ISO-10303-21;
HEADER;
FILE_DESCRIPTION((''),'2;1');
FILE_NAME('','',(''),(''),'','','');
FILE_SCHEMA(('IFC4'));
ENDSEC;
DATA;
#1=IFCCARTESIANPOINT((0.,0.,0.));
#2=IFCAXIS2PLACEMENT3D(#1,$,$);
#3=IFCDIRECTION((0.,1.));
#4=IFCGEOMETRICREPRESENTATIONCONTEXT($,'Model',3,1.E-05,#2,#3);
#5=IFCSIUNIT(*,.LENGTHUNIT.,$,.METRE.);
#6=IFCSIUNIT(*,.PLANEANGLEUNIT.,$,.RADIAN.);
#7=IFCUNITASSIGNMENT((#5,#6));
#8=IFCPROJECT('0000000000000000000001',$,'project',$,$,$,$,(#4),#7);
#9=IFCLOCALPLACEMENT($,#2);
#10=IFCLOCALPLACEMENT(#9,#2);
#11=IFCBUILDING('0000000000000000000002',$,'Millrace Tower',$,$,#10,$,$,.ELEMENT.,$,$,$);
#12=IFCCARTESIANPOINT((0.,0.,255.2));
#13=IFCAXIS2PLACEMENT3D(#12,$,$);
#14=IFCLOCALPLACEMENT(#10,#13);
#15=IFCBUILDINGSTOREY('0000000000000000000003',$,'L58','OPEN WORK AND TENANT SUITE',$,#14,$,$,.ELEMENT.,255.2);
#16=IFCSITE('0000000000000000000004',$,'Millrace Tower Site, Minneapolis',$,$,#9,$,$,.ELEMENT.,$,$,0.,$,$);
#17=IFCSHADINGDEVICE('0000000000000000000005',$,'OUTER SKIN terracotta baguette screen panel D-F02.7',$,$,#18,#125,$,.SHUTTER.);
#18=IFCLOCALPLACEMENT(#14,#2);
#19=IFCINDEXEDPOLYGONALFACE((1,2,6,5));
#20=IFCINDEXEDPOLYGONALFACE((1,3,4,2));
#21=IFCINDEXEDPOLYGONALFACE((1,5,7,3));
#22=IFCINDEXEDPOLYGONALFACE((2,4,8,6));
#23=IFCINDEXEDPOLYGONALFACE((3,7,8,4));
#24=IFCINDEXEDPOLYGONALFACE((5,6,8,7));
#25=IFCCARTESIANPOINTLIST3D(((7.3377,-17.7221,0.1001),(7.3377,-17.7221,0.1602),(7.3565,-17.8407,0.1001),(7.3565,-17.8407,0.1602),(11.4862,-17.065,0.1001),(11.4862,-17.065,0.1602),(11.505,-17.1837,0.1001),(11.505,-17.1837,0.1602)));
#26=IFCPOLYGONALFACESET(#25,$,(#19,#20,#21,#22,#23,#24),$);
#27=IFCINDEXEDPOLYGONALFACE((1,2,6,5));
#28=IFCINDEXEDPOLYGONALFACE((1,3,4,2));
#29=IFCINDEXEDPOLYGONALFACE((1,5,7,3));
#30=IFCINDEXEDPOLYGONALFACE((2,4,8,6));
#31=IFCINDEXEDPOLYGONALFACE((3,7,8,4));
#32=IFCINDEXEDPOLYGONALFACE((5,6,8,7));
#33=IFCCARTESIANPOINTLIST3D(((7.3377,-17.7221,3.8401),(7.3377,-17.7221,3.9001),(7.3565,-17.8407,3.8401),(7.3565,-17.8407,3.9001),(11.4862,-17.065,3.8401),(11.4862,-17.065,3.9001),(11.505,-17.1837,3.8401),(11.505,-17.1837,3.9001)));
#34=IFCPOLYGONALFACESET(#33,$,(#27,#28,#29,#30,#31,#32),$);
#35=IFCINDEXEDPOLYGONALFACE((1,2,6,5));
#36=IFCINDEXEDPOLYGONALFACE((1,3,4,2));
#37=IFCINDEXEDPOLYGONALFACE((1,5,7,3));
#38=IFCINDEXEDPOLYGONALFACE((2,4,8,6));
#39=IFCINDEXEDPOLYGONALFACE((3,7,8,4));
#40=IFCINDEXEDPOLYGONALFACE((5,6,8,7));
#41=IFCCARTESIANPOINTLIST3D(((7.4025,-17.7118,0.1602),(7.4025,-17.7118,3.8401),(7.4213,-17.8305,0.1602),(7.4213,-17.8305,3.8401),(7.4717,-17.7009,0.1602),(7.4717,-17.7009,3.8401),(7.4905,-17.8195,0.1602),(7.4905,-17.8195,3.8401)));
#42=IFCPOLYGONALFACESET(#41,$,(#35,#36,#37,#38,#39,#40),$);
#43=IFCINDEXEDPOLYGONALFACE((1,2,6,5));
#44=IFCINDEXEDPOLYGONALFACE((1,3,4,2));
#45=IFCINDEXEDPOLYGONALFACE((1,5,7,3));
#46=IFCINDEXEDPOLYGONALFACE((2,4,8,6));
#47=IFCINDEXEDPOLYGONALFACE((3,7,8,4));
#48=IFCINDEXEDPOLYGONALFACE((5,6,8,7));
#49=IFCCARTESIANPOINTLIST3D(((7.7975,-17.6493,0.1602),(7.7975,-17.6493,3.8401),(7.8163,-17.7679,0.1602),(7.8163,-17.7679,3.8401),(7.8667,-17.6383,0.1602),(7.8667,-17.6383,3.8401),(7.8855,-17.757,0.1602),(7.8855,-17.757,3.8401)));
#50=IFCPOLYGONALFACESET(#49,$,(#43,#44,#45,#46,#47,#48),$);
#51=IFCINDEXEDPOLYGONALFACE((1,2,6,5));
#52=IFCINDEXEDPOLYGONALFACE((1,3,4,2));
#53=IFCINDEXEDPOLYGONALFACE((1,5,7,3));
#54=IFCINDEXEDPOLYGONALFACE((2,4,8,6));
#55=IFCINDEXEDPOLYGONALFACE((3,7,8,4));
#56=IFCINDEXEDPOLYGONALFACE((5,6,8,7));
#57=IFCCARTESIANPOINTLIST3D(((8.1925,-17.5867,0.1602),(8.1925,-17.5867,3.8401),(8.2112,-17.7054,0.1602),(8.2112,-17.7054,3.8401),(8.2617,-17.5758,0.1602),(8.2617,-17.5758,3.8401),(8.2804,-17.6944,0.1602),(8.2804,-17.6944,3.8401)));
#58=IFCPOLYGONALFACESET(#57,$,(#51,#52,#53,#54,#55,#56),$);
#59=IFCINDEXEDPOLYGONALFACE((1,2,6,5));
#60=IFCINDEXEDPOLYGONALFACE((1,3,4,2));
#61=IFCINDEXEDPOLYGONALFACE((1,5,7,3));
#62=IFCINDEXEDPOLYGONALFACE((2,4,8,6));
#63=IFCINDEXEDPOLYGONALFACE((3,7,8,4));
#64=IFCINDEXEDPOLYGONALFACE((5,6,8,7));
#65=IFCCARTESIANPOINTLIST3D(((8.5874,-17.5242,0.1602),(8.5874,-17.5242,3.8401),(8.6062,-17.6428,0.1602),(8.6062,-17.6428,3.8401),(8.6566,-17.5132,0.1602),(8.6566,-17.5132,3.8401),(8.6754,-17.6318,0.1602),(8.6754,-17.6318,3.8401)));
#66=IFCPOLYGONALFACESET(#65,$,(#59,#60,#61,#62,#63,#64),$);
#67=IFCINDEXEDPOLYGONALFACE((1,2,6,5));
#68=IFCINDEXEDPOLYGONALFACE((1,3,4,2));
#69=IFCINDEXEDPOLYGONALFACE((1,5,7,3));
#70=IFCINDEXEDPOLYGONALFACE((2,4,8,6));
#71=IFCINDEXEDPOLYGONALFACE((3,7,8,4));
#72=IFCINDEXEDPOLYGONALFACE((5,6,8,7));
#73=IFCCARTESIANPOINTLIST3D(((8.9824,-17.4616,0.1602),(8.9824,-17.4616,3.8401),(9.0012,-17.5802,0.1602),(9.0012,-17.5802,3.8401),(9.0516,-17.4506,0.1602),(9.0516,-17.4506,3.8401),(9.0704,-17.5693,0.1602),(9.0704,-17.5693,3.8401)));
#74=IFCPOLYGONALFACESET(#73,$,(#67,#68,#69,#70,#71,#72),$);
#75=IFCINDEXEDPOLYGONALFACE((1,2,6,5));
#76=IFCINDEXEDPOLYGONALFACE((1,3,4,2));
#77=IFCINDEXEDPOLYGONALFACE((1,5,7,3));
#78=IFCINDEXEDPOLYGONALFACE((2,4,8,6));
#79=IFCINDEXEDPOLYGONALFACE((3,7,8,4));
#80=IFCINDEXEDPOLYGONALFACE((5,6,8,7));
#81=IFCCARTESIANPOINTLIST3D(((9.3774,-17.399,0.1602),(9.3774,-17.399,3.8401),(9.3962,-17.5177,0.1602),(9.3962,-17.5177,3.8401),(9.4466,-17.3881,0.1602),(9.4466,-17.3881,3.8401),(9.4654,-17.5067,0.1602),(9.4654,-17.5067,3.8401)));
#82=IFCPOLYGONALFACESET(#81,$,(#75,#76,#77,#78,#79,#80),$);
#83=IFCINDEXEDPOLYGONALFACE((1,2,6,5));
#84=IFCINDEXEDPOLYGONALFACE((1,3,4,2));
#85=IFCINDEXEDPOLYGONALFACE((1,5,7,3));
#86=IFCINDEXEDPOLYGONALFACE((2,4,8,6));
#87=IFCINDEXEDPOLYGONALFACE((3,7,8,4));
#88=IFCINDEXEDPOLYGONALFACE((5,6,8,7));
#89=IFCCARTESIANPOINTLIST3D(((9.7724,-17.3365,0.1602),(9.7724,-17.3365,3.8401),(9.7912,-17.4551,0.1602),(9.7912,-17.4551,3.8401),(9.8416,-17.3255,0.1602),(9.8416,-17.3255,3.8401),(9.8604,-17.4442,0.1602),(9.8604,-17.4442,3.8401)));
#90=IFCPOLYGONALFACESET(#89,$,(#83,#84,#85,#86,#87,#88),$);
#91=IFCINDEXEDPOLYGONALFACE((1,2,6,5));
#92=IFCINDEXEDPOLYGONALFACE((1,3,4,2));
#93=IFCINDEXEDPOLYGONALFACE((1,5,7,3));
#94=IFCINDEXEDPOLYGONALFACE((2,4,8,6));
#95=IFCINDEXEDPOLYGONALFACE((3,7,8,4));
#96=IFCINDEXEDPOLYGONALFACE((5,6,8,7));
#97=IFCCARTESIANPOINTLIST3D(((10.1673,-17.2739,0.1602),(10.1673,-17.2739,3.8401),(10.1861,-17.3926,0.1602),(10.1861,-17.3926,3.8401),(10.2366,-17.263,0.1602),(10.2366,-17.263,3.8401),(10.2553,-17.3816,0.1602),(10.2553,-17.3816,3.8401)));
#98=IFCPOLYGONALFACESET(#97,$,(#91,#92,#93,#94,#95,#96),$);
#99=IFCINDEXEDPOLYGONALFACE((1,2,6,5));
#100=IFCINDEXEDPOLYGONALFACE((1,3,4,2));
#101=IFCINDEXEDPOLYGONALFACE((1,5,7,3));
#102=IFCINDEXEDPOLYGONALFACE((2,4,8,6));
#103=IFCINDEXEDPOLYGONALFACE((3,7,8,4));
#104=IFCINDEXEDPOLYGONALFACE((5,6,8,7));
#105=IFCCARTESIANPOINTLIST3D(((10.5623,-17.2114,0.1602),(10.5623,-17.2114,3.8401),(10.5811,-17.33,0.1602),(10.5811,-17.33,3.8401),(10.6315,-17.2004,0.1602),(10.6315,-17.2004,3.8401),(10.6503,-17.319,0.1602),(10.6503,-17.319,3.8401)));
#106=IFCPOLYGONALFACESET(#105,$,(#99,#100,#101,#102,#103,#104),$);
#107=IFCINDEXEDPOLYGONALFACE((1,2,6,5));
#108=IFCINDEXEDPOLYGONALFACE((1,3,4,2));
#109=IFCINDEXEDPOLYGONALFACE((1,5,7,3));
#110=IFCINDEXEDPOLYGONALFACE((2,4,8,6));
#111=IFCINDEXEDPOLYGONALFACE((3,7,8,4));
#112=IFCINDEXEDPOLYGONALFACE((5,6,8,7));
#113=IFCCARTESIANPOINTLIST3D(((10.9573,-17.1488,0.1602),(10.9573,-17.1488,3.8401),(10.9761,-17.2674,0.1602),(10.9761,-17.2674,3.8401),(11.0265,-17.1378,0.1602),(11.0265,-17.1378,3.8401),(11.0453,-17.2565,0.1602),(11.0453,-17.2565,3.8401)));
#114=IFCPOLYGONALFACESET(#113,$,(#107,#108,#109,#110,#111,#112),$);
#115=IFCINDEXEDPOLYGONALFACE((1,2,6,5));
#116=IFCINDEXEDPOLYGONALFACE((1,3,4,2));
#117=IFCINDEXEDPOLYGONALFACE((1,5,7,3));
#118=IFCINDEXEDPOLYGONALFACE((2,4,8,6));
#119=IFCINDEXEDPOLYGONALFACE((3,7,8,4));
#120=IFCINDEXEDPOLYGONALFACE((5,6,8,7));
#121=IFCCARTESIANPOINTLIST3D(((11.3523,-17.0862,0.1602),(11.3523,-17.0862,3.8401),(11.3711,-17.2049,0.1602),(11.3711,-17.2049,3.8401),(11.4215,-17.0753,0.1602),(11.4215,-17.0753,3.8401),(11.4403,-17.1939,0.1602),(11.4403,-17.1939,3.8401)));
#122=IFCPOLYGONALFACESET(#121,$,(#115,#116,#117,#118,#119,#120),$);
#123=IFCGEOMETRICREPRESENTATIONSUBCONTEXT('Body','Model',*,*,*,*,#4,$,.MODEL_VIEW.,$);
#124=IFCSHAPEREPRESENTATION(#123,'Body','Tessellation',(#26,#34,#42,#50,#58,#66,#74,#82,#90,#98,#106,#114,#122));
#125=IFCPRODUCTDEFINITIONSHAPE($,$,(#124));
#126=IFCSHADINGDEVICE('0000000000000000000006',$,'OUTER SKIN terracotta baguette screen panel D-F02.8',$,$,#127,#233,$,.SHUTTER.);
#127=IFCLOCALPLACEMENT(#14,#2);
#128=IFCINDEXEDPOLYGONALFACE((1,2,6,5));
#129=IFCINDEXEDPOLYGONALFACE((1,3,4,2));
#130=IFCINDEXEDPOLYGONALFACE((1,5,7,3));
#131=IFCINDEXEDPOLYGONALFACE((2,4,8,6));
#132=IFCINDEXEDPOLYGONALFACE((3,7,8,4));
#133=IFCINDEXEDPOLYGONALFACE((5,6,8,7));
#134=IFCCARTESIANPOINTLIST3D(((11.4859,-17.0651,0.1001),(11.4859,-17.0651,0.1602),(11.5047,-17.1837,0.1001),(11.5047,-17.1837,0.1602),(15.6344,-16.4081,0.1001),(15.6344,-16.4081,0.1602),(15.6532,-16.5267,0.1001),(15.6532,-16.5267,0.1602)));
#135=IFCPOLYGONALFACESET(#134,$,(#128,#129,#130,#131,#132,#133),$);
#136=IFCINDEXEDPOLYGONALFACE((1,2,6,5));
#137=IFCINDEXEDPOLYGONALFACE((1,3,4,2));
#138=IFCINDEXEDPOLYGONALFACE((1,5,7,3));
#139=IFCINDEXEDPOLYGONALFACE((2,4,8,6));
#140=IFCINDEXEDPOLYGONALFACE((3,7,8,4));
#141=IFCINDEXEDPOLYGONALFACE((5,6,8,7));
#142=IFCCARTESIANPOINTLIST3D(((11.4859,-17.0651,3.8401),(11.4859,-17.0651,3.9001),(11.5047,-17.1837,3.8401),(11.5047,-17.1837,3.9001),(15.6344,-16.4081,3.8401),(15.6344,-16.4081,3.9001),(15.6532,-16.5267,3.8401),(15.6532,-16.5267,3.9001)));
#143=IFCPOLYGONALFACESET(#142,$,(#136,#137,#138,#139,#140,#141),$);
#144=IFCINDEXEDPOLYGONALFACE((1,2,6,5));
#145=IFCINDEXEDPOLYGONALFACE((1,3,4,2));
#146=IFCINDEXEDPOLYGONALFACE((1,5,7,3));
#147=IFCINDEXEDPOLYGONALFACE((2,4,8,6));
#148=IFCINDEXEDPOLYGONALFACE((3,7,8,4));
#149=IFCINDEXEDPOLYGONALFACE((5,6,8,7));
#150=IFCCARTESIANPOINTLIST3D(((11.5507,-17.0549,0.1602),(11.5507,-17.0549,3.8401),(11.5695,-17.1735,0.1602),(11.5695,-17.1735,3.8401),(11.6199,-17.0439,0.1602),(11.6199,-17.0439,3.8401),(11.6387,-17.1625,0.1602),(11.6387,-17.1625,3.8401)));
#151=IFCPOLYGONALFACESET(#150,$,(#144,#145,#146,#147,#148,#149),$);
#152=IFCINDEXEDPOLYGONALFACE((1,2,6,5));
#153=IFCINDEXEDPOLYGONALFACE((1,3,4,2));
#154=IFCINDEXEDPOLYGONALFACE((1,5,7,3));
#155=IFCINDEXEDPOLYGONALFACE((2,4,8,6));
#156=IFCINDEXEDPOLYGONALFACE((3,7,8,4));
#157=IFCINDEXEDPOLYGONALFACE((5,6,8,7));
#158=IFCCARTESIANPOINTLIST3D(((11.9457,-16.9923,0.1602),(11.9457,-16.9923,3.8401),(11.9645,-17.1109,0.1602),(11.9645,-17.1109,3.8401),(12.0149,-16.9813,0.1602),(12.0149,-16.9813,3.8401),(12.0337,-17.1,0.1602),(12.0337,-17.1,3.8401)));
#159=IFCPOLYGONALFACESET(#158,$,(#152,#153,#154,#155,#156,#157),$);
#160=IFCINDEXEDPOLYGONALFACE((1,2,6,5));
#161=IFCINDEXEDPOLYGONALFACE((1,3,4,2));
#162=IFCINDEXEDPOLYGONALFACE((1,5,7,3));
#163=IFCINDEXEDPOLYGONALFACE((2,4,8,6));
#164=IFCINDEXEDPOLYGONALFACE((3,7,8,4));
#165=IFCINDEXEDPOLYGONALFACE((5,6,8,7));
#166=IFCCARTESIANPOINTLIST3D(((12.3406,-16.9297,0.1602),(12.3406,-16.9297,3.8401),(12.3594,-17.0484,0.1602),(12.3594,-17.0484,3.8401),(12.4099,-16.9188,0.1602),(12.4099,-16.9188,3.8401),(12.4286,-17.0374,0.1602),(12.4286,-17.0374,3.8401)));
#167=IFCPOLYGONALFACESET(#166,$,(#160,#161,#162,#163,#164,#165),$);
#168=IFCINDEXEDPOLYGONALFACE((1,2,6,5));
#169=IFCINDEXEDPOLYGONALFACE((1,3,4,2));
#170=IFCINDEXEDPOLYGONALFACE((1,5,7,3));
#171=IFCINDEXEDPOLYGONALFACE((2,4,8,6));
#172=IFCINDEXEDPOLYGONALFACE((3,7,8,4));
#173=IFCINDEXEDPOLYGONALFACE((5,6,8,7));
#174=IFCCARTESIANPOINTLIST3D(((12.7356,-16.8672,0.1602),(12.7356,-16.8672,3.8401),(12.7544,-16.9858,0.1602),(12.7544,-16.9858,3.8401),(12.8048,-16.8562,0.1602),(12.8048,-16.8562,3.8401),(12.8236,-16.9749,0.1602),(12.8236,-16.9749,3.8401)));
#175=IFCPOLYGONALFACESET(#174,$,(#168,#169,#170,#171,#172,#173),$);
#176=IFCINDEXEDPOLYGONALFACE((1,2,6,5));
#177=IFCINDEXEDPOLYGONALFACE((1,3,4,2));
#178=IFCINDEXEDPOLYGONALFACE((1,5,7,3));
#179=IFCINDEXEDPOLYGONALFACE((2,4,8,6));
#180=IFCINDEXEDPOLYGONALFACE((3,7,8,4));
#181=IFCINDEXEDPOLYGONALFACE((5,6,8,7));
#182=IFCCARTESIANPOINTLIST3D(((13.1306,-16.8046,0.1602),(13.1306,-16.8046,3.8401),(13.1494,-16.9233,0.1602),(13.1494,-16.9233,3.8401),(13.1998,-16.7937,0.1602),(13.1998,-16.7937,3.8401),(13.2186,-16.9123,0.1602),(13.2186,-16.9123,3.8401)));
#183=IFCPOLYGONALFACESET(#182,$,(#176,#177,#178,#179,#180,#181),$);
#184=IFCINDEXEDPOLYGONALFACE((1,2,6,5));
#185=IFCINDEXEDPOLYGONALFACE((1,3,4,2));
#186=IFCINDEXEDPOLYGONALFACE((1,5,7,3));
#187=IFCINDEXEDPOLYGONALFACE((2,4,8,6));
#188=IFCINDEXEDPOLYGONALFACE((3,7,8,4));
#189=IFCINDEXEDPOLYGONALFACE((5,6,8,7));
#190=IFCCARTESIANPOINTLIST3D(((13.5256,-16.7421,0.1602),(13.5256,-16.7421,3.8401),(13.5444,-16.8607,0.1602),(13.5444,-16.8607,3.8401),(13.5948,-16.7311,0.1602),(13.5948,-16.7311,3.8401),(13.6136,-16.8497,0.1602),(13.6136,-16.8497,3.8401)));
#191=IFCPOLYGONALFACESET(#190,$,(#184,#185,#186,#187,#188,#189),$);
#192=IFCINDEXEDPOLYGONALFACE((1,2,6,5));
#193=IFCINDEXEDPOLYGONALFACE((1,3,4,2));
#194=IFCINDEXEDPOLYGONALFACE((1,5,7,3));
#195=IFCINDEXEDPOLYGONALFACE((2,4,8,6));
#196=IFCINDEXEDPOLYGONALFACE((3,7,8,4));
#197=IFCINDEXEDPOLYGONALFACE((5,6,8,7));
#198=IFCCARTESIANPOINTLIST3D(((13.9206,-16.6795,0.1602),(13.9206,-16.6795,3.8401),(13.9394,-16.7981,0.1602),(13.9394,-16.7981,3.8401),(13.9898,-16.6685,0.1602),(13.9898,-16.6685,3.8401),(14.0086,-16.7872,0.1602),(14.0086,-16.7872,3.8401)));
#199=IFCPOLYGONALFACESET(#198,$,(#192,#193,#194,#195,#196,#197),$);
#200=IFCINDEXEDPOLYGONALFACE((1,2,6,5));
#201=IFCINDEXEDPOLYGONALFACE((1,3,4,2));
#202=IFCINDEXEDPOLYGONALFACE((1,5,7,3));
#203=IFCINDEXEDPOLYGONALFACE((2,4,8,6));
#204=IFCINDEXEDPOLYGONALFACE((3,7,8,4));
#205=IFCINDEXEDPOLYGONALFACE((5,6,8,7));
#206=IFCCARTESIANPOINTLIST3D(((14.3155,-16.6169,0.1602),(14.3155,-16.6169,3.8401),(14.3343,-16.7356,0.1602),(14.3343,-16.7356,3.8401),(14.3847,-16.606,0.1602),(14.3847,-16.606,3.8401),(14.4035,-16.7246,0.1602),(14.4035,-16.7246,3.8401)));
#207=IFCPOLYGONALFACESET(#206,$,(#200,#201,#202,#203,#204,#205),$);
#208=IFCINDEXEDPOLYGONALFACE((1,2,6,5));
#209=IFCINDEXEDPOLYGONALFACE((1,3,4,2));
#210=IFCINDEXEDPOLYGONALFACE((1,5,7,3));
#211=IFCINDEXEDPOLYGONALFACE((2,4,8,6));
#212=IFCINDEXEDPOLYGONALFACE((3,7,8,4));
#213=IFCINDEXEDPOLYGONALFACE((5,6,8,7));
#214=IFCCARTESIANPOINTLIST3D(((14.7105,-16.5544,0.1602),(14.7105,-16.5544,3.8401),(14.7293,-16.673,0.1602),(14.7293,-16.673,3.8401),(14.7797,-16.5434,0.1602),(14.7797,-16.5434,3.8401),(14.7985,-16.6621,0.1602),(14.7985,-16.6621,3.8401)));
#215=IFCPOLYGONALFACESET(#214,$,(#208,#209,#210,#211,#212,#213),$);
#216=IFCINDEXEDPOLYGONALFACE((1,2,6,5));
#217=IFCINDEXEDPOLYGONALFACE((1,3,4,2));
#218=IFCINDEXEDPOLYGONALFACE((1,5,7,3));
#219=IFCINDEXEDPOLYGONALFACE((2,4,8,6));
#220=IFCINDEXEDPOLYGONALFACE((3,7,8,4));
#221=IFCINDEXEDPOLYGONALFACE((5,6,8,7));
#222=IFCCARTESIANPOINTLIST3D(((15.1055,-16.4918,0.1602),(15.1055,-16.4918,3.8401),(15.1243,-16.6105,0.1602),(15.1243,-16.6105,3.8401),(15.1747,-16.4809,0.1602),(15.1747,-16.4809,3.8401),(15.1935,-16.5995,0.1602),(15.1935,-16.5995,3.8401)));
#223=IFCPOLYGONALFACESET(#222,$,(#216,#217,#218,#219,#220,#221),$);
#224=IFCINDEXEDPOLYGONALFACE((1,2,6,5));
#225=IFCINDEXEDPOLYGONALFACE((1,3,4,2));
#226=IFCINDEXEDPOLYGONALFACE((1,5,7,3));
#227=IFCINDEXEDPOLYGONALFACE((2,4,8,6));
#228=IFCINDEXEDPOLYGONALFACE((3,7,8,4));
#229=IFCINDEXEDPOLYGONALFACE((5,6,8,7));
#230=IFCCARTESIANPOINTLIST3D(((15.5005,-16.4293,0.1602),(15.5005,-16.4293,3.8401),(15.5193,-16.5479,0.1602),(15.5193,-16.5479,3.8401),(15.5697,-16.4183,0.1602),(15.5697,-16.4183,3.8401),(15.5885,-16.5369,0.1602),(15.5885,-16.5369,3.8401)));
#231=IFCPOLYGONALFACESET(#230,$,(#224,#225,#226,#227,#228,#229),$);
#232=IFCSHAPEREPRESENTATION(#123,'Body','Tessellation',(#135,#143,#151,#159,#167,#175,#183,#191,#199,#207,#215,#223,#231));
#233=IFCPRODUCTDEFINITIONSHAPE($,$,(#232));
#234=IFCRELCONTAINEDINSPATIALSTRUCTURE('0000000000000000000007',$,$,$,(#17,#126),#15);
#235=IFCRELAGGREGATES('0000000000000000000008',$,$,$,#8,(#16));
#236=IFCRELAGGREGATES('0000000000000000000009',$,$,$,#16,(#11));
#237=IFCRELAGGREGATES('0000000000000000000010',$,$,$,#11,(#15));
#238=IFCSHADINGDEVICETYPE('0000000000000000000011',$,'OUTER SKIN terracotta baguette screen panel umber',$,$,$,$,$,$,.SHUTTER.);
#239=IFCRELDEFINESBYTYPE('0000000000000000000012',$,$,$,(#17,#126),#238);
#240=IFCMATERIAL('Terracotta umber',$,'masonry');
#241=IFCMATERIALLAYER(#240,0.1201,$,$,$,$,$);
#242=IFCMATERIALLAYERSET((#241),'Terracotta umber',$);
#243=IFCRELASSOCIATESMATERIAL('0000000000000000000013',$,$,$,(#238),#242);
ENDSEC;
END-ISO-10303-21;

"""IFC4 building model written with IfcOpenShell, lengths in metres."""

from ifc_helpers import new_model, entity, si_unit, direction, frame, frame_2d, origin, origin_2d, place, context, subcontext, project, spatial, rectangle, extrude, source, transform, mapped, material, layer, layer_set, type_object, element, save


model = new_model("IFC4")

# Units and contexts
model_context = context("Model", 3, precision=1e-05, world=origin(), true_north=direction((0.0, 1.0)))
body_context = subcontext(model_context, "Body", "Model", "MODEL_VIEW")
ifc_project = project(units=[si_unit("LENGTHUNIT", "METRE"), si_unit("PLANEANGLEUNIT", "RADIAN")], contexts=[model_context])

# Site, building, storey
site_placement = place(None, origin())
site = spatial("IfcSite", under=ifc_project, at=site_placement, Name="Millrace Tower Site, Minneapolis", CompositionType="ELEMENT", RefElevation=0.0)
building_placement = place(site_placement, origin())
building = spatial("IfcBuilding", under=site, at=building_placement, Name="Millrace Tower", CompositionType="ELEMENT")
storey_placement = place(building_placement, frame((0.0, 0.0, 255.2)))
storey = spatial("IfcBuildingStorey", under=building, at=storey_placement, Name="L58", Description="OPEN WORK AND TENANT SUITE", CompositionType="ELEMENT", Elevation=255.2)

# Shading devices
ifc_material_1 = material(Name="Terracotta umber", Category="masonry")
ifc_layer_1 = layer(ifc_material_1, 0.1201)
ifc_layer_set_1 = layer_set([ifc_layer_1], Name="Terracotta umber")
shading_device_type = type_object("IfcShadingDeviceType", Name="OUTER SKIN terracotta baguette screen panel umber", PredefinedType="SHUTTER", material=ifc_layer_set_1)
cartesian_point = entity("IfcCartesianPoint", [-2.1001, 0.0601])
shared_polyline = entity("IfcPolyline", [cartesian_point, entity("IfcCartesianPoint", [2.1001, 0.0601]), entity("IfcCartesianPoint", [2.1001, -0.0601]), entity("IfcCartesianPoint", [-2.1001, -0.0601]), cartesian_point])
shared_shape = source(origin(), body_context, "Body", "SweptSolid", [
    entity("IfcExtrudedAreaSolid", entity("IfcArbitraryClosedProfileDef", "AREA", None, shared_polyline), entity("IfcAxis2Placement3D", entity("IfcCartesianPoint", [0.0, 0.0, 0.0])), entity("IfcDirection", [0.0, 0.0, 1.0]), 0.0601),
    entity("IfcExtrudedAreaSolid", entity("IfcArbitraryClosedProfileDef", "AREA", None, shared_polyline), entity("IfcAxis2Placement3D", entity("IfcCartesianPoint", [0.0, 0.0, 3.74])), entity("IfcDirection", [0.0, 0.0, 1.0]), 0.0601),
    extrude(rectangle(XDim=0.0701, YDim=0.1201, at=frame_2d((-1.9995, 0.0))), frame((0.0, 0.0, 0.0601)), (0.0, 0.0, 1.0), 3.6799),
    extrude(rectangle(XDim=0.0701, YDim=0.1201, at=frame_2d((-1.5996, 0.0))), frame((0.0, 0.0, 0.0601)), (0.0, 0.0, 1.0), 3.6799),
    extrude(rectangle(XDim=0.0701, YDim=0.1201, at=frame_2d((-1.1997, 0.0))), frame((0.0, 0.0, 0.0601)), (0.0, 0.0, 1.0), 3.6799),
    extrude(rectangle(XDim=0.0701, YDim=0.1201, at=frame_2d((-0.7998, 0.0))), frame((0.0, 0.0, 0.0601)), (0.0, 0.0, 1.0), 3.6799),
    extrude(rectangle(XDim=0.0701, YDim=0.1201, at=frame_2d((-0.3999, 0.0))), frame((0.0, 0.0, 0.0601)), (0.0, 0.0, 1.0), 3.6799),
    extrude(rectangle(XDim=0.0701, YDim=0.1201, at=origin_2d()), frame((0.0, 0.0, 0.0601)), (0.0, 0.0, 1.0), 3.6799),
    extrude(rectangle(XDim=0.0701, YDim=0.1201, at=frame_2d((0.3999, 0.0))), frame((0.0, 0.0, 0.0601)), (0.0, 0.0, 1.0), 3.6799),
    extrude(rectangle(XDim=0.0701, YDim=0.1201, at=frame_2d((0.7998, 0.0))), frame((0.0, 0.0, 0.0601)), (0.0, 0.0, 1.0), 3.6799),
    extrude(rectangle(XDim=0.0701, YDim=0.1201, at=frame_2d((1.1997, 0.0))), frame((0.0, 0.0, 0.0601)), (0.0, 0.0, 1.0), 3.6799),
    extrude(rectangle(XDim=0.0701, YDim=0.1201, at=frame_2d((1.5996, 0.0))), frame((0.0, 0.0, 0.0601)), (0.0, 0.0, 1.0), 3.6799),
    extrude(rectangle(XDim=0.0701, YDim=0.1201, at=frame_2d((1.9995, 0.0))), frame((0.0, 0.0, 0.0601)), (0.0, 0.0, 1.0), 3.6799),
])
for number, where, z_axis, x_axis, name in (
    (1, (9.4214, -17.4529, 0.1001), (0.0, 0.0, 1.0), (0.987688, 0.156434, 0.0), "OUTER SKIN terracotta baguette screen panel D-F02.7"),
    (2, (13.5696, -16.7959, 0.1001), (0.0, 0.0, 1.0), (0.987688, 0.156434, 0.0), "OUTER SKIN terracotta baguette screen panel D-F02.8"),
):
    element("IfcShadingDevice", number, at=place(storey_placement, frame(where, z_axis=z_axis, x_axis=x_axis)), inside=storey, type_object=shading_device_type, Name=name, PredefinedType="SHUTTER", context=body_context, shape_type="MappedRepresentation", body=[
        mapped(shared_shape, transform((0.0, 0.0, 0.0), scale=1.0)),
    ])

save(model, "model.ifc")
